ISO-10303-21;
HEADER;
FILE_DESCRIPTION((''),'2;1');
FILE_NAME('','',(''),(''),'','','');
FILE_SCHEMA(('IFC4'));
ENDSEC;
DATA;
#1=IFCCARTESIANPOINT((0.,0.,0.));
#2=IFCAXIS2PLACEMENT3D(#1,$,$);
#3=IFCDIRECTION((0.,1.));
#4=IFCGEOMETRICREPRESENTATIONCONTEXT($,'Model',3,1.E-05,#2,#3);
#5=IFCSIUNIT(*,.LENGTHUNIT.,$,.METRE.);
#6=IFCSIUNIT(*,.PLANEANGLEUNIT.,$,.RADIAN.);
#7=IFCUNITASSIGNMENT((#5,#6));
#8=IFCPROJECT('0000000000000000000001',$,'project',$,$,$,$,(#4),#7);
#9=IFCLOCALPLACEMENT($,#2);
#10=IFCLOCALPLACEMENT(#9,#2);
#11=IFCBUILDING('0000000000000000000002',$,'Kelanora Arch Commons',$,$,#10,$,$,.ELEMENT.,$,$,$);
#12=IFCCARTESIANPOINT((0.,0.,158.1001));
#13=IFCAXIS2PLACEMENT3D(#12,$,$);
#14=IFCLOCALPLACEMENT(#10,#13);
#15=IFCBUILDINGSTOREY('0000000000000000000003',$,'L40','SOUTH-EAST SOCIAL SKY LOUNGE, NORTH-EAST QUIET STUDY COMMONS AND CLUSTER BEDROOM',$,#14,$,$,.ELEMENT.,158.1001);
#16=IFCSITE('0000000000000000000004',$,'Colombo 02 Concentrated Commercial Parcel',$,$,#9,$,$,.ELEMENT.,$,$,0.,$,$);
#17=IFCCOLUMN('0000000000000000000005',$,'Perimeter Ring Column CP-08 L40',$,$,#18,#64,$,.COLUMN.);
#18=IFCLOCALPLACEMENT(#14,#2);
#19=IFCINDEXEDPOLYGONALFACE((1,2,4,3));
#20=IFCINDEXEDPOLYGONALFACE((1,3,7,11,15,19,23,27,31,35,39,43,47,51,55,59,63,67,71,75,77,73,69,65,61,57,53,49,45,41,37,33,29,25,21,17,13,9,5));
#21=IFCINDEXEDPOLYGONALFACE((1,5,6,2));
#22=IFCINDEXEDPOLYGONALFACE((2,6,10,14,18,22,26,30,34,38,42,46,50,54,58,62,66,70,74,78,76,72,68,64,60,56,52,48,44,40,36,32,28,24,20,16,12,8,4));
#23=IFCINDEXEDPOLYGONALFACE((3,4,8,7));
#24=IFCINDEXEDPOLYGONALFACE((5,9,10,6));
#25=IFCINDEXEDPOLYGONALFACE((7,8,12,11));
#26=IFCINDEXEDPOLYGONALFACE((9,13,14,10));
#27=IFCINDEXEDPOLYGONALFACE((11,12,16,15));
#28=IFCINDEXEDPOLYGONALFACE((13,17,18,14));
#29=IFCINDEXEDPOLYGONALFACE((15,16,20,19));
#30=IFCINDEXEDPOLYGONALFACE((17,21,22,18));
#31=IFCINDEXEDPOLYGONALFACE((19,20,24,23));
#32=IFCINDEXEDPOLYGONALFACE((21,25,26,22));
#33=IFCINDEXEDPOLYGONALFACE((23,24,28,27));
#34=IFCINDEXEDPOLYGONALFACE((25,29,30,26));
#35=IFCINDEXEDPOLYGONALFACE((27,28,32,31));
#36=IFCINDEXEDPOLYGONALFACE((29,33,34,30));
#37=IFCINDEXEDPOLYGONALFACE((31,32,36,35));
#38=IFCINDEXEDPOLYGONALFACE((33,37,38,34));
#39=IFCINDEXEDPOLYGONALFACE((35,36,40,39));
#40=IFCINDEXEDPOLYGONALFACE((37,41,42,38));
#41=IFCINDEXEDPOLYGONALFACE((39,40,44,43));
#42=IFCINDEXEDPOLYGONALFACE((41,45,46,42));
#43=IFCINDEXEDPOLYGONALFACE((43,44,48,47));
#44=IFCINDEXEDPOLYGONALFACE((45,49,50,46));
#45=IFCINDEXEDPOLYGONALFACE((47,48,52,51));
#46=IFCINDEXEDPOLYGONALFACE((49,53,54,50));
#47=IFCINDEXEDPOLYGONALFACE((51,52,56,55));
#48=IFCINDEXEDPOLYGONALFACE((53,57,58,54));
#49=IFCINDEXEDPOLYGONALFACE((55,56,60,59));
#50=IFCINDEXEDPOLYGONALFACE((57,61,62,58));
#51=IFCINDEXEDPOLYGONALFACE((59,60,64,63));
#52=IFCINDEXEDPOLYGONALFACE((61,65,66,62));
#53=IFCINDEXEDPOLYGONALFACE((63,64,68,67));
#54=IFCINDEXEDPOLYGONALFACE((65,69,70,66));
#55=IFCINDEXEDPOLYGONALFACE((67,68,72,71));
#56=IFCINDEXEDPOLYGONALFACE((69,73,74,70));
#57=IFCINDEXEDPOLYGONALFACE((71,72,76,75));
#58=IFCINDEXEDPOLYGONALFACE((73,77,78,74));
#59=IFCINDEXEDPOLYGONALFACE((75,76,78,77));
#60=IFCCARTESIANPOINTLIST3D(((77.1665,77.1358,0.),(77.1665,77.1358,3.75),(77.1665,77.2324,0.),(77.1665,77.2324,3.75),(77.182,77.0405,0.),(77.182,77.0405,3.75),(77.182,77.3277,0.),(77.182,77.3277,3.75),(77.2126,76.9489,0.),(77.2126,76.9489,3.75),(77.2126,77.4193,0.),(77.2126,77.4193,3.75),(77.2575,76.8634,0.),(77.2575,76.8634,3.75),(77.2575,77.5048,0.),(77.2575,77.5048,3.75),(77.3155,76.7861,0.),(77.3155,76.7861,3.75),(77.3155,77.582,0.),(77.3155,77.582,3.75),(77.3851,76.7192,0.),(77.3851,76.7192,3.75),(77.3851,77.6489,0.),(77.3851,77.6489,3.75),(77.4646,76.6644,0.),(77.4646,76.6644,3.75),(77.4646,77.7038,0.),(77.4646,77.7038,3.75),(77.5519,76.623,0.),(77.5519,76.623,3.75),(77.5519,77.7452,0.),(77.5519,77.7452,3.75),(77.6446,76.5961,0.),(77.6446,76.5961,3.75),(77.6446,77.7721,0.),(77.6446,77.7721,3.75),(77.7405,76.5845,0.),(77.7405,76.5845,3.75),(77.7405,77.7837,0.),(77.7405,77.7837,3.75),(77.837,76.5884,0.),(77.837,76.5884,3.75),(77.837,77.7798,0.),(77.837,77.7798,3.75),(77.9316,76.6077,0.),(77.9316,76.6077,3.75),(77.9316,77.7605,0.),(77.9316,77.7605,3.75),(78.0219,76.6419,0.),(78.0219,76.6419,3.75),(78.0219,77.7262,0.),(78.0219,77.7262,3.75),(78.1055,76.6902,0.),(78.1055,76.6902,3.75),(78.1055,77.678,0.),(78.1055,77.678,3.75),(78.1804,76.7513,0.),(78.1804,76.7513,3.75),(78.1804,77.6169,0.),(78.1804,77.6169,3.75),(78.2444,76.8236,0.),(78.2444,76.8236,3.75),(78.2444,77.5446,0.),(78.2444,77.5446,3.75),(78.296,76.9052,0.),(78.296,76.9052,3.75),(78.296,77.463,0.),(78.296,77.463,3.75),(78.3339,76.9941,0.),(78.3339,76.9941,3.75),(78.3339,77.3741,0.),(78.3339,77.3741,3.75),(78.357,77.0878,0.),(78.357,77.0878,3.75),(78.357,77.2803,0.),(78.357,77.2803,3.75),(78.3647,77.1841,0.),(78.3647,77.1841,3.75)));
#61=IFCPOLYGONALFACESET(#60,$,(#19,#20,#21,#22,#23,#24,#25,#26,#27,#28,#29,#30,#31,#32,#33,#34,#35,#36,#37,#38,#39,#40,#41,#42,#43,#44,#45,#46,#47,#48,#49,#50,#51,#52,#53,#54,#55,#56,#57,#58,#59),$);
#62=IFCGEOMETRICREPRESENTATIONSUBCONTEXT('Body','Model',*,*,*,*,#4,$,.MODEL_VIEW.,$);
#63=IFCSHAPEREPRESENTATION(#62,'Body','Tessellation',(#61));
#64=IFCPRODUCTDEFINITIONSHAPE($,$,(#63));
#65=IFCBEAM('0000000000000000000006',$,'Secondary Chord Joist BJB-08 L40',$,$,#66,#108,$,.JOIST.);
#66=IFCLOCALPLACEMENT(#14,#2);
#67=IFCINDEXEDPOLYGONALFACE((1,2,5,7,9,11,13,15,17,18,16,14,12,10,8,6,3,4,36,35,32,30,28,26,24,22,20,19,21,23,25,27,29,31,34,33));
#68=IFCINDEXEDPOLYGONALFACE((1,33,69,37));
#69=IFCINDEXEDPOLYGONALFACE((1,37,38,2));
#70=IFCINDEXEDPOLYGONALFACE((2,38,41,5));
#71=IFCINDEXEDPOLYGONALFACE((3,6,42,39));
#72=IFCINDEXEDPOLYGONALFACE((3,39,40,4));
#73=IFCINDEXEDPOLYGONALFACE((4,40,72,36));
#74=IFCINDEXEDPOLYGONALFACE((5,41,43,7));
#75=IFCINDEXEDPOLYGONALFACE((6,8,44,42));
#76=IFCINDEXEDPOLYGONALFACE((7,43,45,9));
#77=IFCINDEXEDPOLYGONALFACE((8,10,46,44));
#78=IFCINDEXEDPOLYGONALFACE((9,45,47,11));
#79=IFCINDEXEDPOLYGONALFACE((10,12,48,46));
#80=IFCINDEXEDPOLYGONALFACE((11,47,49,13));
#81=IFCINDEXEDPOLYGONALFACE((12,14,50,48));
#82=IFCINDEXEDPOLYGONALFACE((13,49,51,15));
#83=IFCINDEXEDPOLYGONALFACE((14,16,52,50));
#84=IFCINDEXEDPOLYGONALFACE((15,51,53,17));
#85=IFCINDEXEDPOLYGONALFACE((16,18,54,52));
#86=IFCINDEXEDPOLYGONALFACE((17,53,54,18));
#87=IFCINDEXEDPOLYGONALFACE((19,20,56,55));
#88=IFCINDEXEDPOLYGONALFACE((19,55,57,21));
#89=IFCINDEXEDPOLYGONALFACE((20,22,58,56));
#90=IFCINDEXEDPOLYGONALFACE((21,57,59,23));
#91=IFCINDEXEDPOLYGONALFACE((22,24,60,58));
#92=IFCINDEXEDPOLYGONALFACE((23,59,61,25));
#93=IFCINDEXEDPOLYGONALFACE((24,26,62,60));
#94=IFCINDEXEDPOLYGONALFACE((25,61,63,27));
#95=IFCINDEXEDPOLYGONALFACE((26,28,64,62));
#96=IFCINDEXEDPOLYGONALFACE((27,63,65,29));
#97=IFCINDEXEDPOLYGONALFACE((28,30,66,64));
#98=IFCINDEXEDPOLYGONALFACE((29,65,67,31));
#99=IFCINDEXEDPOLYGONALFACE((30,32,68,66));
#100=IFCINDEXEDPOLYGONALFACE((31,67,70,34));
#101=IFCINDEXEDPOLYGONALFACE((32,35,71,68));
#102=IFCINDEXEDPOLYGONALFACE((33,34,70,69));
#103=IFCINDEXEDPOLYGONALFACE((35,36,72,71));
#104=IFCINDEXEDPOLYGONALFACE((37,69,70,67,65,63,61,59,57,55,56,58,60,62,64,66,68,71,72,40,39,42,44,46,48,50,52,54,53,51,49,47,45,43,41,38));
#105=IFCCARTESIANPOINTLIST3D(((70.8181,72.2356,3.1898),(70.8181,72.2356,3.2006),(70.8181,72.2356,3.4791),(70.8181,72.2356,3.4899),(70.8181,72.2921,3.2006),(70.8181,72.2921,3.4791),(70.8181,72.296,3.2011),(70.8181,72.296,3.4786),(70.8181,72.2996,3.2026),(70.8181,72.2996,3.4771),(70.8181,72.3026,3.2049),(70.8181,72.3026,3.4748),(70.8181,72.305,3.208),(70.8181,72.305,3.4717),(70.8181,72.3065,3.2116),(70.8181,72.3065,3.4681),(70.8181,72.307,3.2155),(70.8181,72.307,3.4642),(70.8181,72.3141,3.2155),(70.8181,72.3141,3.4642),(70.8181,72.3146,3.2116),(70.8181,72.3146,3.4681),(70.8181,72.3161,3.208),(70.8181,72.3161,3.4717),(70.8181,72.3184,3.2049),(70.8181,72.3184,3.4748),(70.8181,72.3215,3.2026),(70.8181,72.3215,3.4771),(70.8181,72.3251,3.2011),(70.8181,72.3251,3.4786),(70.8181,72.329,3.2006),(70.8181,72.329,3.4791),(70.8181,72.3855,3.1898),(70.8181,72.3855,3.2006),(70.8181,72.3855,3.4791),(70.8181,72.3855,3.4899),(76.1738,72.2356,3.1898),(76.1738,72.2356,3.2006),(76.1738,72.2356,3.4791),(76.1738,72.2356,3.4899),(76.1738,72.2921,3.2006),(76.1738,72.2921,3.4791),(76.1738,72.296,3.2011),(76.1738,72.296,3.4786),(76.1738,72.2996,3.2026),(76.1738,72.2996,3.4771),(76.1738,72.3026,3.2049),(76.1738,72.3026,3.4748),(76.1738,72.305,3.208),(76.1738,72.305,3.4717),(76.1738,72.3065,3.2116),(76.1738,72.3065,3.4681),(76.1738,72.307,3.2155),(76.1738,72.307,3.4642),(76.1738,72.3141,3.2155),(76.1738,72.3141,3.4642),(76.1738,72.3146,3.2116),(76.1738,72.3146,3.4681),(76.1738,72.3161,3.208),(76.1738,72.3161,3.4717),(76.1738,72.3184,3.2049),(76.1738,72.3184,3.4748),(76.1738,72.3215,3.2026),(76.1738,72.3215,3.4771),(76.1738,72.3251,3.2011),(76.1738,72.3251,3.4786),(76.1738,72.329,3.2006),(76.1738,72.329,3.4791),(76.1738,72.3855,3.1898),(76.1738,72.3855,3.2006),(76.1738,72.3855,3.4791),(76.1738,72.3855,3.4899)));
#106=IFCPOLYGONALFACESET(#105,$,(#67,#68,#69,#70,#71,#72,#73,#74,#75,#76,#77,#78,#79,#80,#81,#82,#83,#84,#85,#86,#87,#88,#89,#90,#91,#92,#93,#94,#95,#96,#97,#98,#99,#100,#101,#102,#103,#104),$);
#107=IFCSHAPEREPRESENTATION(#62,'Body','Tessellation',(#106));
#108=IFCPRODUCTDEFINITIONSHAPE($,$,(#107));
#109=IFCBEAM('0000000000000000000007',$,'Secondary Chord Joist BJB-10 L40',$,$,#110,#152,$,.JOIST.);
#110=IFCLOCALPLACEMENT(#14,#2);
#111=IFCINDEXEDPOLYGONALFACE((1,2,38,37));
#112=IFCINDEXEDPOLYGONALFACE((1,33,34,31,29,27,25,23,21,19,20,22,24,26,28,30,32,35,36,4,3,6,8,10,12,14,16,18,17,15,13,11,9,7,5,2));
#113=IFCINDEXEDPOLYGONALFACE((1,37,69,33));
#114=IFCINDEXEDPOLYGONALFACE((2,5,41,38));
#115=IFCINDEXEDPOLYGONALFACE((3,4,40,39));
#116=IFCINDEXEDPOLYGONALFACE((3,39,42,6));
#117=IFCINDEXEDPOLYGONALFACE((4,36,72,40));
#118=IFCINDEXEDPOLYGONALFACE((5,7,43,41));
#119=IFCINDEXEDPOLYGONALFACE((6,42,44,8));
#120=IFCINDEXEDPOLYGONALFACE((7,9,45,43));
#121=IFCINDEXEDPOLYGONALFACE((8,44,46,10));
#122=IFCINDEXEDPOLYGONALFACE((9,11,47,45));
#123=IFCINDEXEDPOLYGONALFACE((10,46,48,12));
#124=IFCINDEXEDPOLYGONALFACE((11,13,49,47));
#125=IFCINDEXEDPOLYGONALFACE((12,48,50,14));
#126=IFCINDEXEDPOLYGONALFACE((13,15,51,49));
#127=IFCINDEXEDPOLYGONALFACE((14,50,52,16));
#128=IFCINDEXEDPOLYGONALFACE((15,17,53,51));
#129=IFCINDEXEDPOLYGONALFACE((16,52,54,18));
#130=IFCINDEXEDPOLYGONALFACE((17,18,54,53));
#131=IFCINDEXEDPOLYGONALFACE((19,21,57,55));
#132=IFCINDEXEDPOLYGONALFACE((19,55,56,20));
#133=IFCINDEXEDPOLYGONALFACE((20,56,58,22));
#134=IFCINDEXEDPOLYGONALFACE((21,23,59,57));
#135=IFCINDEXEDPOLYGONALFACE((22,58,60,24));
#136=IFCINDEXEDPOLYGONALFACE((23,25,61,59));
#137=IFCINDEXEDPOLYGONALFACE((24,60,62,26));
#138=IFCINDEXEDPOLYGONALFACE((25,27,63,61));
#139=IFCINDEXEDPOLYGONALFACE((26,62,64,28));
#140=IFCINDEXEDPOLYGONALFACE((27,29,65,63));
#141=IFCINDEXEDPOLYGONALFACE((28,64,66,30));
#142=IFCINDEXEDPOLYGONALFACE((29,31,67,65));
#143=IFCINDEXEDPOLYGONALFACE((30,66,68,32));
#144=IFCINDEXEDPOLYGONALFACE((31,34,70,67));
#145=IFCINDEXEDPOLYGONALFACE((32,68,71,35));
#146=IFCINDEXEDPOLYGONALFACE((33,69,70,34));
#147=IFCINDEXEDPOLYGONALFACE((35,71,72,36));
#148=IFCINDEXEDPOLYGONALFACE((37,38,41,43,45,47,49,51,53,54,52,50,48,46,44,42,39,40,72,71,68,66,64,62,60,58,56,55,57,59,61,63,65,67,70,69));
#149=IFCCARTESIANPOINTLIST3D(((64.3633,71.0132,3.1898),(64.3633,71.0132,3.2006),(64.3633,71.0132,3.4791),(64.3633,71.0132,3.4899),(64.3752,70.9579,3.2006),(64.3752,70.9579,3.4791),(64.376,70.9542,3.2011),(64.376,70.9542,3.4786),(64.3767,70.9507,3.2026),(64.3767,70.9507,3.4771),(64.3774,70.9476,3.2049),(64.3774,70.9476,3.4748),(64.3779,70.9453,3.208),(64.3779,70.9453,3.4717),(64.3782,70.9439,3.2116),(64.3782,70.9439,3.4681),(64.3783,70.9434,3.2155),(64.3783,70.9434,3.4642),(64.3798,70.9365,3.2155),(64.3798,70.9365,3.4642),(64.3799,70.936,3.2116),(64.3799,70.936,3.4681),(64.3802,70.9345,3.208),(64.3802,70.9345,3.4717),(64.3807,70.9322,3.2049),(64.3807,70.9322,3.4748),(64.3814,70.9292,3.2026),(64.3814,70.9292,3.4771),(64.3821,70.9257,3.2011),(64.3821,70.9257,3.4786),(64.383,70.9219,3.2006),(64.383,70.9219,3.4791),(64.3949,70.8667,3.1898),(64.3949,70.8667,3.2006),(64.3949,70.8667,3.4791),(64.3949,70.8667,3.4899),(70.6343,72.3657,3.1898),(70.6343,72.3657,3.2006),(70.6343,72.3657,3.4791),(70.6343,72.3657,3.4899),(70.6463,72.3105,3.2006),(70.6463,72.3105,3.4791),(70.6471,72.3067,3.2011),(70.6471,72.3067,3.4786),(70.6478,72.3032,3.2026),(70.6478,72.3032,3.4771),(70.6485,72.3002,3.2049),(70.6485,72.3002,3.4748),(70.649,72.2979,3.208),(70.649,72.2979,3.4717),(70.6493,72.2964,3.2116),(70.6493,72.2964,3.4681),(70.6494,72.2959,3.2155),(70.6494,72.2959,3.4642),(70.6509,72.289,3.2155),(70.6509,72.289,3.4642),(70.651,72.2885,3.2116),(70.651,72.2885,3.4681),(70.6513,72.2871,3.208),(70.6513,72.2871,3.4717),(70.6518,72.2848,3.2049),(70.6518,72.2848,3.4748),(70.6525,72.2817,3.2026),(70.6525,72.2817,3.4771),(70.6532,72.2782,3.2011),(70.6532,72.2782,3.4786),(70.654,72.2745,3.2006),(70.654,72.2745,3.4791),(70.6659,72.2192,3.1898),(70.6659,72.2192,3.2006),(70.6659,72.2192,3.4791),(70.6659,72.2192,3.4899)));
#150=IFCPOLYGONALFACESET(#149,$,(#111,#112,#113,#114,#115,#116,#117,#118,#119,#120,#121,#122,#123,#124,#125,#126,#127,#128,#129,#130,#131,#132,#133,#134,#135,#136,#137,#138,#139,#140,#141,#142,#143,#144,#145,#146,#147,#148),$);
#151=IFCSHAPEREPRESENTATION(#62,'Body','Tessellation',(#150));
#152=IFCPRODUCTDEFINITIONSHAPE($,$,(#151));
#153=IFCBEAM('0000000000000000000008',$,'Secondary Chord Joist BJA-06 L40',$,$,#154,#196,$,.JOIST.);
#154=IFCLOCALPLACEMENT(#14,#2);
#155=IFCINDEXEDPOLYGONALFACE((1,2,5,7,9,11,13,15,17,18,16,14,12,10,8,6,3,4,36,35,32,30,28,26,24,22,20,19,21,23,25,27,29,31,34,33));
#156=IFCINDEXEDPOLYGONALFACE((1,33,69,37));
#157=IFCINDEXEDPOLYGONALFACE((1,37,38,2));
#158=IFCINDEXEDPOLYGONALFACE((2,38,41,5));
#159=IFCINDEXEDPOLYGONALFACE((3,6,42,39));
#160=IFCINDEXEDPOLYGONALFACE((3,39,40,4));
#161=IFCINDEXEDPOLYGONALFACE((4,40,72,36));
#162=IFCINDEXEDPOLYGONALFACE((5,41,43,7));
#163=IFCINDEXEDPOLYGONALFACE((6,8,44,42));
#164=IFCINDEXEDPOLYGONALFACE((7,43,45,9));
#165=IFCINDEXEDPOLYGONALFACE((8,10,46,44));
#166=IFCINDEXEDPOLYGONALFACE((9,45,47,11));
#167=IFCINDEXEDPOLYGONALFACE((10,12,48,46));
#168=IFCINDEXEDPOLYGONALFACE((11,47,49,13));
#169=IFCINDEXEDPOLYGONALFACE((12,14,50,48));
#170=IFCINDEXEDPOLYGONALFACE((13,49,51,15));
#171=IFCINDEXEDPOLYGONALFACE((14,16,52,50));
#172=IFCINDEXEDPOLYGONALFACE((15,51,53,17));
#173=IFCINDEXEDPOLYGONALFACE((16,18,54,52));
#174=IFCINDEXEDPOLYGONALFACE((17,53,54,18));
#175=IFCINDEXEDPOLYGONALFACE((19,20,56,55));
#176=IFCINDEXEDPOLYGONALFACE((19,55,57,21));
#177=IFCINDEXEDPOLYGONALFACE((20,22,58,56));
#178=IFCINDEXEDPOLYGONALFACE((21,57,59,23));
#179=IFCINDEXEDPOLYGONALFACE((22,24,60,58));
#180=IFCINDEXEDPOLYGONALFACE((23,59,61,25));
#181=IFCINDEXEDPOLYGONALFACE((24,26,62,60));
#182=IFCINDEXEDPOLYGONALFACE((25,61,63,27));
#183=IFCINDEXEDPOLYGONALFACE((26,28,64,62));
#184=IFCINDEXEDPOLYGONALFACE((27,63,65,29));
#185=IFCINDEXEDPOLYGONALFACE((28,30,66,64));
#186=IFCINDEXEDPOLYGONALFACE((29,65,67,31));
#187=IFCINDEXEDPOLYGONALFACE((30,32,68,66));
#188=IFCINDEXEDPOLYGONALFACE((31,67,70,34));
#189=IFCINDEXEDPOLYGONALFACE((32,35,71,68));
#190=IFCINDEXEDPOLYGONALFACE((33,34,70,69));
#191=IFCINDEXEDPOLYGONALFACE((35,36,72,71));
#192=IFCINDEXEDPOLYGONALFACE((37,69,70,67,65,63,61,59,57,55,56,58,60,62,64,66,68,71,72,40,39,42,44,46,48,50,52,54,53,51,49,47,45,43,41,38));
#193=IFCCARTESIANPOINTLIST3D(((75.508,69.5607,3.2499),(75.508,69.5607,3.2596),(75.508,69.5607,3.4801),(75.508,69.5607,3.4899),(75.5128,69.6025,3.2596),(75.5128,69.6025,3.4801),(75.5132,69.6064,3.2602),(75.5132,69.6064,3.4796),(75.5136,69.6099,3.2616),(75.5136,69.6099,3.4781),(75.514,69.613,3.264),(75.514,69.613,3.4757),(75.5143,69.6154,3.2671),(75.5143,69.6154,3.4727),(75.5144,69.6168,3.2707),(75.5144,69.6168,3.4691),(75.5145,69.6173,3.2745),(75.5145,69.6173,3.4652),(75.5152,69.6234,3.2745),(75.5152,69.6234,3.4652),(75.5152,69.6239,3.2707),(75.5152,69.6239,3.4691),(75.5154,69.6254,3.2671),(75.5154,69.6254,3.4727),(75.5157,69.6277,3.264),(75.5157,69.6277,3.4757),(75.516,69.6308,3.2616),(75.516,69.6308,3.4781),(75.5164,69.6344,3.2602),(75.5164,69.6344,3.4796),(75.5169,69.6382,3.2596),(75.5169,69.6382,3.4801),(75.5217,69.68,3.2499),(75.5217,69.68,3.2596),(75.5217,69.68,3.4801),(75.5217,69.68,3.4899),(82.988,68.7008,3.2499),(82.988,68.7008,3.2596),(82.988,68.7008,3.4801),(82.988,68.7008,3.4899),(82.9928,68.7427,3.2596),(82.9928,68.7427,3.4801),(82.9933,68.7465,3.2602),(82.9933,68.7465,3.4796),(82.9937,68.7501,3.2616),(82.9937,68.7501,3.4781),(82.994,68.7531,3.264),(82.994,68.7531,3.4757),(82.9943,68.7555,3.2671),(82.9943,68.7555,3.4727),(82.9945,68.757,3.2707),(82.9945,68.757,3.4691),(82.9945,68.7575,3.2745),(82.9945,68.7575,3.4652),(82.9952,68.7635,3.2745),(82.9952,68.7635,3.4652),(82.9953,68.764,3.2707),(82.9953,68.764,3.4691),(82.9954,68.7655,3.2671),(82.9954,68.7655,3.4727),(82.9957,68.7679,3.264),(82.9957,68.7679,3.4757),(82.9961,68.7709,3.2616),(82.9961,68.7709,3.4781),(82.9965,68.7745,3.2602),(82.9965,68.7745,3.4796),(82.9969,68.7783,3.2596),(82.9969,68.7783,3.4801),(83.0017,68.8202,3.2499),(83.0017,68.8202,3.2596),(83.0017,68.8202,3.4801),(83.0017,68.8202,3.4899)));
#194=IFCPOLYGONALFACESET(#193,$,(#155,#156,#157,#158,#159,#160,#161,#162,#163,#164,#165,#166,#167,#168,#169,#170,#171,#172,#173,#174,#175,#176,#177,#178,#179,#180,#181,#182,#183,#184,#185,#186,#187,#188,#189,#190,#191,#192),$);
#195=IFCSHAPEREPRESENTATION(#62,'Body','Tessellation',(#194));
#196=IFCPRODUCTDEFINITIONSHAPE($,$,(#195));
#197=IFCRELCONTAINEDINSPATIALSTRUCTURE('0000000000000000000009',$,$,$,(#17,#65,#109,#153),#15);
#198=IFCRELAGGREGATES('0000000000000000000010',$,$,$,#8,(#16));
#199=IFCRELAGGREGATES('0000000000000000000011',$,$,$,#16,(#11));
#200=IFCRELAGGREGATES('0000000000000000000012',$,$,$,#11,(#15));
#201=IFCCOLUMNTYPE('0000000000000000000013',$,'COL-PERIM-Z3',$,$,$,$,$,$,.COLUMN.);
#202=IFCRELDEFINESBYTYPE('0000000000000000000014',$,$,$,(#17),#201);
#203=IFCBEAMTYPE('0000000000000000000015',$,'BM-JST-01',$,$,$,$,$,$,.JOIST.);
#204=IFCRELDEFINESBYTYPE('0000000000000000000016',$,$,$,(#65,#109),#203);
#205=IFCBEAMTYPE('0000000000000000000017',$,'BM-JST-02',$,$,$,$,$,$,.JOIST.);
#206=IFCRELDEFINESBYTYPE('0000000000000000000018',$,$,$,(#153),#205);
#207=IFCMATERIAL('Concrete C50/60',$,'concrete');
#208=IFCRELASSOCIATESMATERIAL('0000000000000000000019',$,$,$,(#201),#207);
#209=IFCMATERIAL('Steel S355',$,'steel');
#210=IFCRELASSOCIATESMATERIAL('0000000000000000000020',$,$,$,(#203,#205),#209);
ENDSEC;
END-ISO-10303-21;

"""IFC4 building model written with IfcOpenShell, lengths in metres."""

from ifc_helpers import new_model, si_unit, direction, frame, origin, origin_2d, place, context, subcontext, project, spatial, circle, i_section, extrude, material, material_profile, profile_set, type_object, element, save


model = new_model("IFC4")

# Units and contexts
model_context = context("Model", 3, precision=1e-05, world=origin(), true_north=direction((0.0, 1.0)))
body_context = subcontext(model_context, "Body", "Model", "MODEL_VIEW")
ifc_project = project(units=[si_unit("LENGTHUNIT", "METRE"), si_unit("PLANEANGLEUNIT", "RADIAN")], contexts=[model_context])

# Site, building, storey
site_placement = place(None, origin())
site = spatial("IfcSite", under=ifc_project, at=site_placement, Name="Colombo 02 Concentrated Commercial Parcel", CompositionType="ELEMENT", RefElevation=0.0)
building_placement = place(site_placement, origin())
building = spatial("IfcBuilding", under=site, at=building_placement, Name="Kelanora Arch Commons", CompositionType="ELEMENT")
storey_placement = place(building_placement, frame((0.0, 0.0, 158.1001)))
storey = spatial("IfcBuildingStorey", under=building, at=storey_placement, Name="L40", Description="SOUTH-EAST SOCIAL SKY LOUNGE, NORTH-EAST QUIET STUDY COMMONS AND CLUSTER BEDROOM", CompositionType="ELEMENT", Elevation=158.1001)

# Column
ifc_material_1 = material(Name="Concrete C50/60", Category="concrete")
ifc_material_profile_1 = material_profile(ifc_material_1, circle(Radius=0.6001, at=origin_2d()), Name="RCC1200")
ifc_profile_set_1 = profile_set([ifc_material_profile_1], Name="Concrete C50/60")
column_type = type_object("IfcColumnType", Name="COL-PERIM-Z3", PredefinedType="COLUMN", material=ifc_profile_set_1)
column_placement = place(storey_placement, frame((77.7646, 77.1841, 0.0), z_axis=(0.0, 0.0, 1.0), x_axis=(1.0, 0.0, 0.0)))
element("IfcColumn", 1, at=column_placement, inside=storey, type_object=column_type, Name="Perimeter Ring Column CP-08 L40", PredefinedType="COLUMN", context=body_context, shape_type="SweptSolid", body=[
    extrude(circle(Radius=0.6001, at=origin_2d()), origin(), (0.0, 0.0, 1.0), 3.75),
])

# Beams
ifc_material_2 = material(Name="Steel S355", Category="steel")
ifc_material_profile_2 = material_profile(ifc_material_2, i_section(OverallWidth=0.1499, OverallDepth=0.3, WebThickness=0.0071, FlangeThickness=0.0107, FilletRadius=0.0149, at=origin_2d()), Name="IPE300")
ifc_profile_set_2 = profile_set([ifc_material_profile_2], Name="Steel S355")
beam_type_1 = type_object("IfcBeamType", Name="BM-JST-01", PredefinedType="JOIST", material=ifc_profile_set_2)
beam_1_placement = place(storey_placement, frame((76.1738, 72.3105, 3.3398), z_axis=(-1.0, 0.0, 0.0), x_axis=(0.0, -1.0, 0.0)))
element("IfcBeam", 2, at=beam_1_placement, inside=storey, type_object=beam_type_1, Name="Secondary Chord Joist BJB-08 L40", PredefinedType="JOIST", context=body_context, shape_type="SweptSolid", body=[
    extrude(i_section(OverallWidth=0.1499, OverallDepth=0.3, WebThickness=0.0071, FlangeThickness=0.0107, FilletRadius=0.0149, at=origin_2d()), origin(), (0.0, 0.0, 1.0), 5.3557),
])
beam_2_placement = place(storey_placement, frame((70.6501, 72.2925, 3.3398), z_axis=(-0.977522, -0.210834, 0.0), x_axis=(0.210834, -0.977522, 0.0)))
element("IfcBeam", 3, at=beam_2_placement, inside=storey, type_object=beam_type_1, Name="Secondary Chord Joist BJB-10 L40", PredefinedType="JOIST", context=body_context, shape_type="SweptSolid", body=[
    extrude(i_section(OverallWidth=0.1499, OverallDepth=0.3, WebThickness=0.0071, FlangeThickness=0.0107, FilletRadius=0.0149, at=origin_2d()), origin(), (0.0, 0.0, 1.0), 6.4153),
])
ifc_material_profile_3 = material_profile(ifc_material_2, i_section(OverallWidth=0.1201, OverallDepth=0.24, WebThickness=0.0061, FlangeThickness=0.0098, FilletRadius=0.0149, at=origin_2d()), Name="IPE240")
ifc_profile_set_3 = profile_set([ifc_material_profile_3], Name="Steel S355")
beam_type_2 = type_object("IfcBeamType", Name="BM-JST-02", PredefinedType="JOIST", material=ifc_profile_set_3)
beam_3_placement = place(storey_placement, frame((82.9949, 68.7605, 3.3699), z_axis=(-0.993457, 0.114203, 0.0), x_axis=(-0.114203, -0.993457, 0.0)))
element("IfcBeam", 4, at=beam_3_placement, inside=storey, type_object=beam_type_2, Name="Secondary Chord Joist BJA-06 L40", PredefinedType="JOIST", context=body_context, shape_type="SweptSolid", body=[
    extrude(i_section(OverallWidth=0.1201, OverallDepth=0.24, WebThickness=0.0061, FlangeThickness=0.0098, FilletRadius=0.0149, at=origin_2d()), origin(), (0.0, 0.0, 1.0), 7.5293),
])

save(model, "model.ifc")
